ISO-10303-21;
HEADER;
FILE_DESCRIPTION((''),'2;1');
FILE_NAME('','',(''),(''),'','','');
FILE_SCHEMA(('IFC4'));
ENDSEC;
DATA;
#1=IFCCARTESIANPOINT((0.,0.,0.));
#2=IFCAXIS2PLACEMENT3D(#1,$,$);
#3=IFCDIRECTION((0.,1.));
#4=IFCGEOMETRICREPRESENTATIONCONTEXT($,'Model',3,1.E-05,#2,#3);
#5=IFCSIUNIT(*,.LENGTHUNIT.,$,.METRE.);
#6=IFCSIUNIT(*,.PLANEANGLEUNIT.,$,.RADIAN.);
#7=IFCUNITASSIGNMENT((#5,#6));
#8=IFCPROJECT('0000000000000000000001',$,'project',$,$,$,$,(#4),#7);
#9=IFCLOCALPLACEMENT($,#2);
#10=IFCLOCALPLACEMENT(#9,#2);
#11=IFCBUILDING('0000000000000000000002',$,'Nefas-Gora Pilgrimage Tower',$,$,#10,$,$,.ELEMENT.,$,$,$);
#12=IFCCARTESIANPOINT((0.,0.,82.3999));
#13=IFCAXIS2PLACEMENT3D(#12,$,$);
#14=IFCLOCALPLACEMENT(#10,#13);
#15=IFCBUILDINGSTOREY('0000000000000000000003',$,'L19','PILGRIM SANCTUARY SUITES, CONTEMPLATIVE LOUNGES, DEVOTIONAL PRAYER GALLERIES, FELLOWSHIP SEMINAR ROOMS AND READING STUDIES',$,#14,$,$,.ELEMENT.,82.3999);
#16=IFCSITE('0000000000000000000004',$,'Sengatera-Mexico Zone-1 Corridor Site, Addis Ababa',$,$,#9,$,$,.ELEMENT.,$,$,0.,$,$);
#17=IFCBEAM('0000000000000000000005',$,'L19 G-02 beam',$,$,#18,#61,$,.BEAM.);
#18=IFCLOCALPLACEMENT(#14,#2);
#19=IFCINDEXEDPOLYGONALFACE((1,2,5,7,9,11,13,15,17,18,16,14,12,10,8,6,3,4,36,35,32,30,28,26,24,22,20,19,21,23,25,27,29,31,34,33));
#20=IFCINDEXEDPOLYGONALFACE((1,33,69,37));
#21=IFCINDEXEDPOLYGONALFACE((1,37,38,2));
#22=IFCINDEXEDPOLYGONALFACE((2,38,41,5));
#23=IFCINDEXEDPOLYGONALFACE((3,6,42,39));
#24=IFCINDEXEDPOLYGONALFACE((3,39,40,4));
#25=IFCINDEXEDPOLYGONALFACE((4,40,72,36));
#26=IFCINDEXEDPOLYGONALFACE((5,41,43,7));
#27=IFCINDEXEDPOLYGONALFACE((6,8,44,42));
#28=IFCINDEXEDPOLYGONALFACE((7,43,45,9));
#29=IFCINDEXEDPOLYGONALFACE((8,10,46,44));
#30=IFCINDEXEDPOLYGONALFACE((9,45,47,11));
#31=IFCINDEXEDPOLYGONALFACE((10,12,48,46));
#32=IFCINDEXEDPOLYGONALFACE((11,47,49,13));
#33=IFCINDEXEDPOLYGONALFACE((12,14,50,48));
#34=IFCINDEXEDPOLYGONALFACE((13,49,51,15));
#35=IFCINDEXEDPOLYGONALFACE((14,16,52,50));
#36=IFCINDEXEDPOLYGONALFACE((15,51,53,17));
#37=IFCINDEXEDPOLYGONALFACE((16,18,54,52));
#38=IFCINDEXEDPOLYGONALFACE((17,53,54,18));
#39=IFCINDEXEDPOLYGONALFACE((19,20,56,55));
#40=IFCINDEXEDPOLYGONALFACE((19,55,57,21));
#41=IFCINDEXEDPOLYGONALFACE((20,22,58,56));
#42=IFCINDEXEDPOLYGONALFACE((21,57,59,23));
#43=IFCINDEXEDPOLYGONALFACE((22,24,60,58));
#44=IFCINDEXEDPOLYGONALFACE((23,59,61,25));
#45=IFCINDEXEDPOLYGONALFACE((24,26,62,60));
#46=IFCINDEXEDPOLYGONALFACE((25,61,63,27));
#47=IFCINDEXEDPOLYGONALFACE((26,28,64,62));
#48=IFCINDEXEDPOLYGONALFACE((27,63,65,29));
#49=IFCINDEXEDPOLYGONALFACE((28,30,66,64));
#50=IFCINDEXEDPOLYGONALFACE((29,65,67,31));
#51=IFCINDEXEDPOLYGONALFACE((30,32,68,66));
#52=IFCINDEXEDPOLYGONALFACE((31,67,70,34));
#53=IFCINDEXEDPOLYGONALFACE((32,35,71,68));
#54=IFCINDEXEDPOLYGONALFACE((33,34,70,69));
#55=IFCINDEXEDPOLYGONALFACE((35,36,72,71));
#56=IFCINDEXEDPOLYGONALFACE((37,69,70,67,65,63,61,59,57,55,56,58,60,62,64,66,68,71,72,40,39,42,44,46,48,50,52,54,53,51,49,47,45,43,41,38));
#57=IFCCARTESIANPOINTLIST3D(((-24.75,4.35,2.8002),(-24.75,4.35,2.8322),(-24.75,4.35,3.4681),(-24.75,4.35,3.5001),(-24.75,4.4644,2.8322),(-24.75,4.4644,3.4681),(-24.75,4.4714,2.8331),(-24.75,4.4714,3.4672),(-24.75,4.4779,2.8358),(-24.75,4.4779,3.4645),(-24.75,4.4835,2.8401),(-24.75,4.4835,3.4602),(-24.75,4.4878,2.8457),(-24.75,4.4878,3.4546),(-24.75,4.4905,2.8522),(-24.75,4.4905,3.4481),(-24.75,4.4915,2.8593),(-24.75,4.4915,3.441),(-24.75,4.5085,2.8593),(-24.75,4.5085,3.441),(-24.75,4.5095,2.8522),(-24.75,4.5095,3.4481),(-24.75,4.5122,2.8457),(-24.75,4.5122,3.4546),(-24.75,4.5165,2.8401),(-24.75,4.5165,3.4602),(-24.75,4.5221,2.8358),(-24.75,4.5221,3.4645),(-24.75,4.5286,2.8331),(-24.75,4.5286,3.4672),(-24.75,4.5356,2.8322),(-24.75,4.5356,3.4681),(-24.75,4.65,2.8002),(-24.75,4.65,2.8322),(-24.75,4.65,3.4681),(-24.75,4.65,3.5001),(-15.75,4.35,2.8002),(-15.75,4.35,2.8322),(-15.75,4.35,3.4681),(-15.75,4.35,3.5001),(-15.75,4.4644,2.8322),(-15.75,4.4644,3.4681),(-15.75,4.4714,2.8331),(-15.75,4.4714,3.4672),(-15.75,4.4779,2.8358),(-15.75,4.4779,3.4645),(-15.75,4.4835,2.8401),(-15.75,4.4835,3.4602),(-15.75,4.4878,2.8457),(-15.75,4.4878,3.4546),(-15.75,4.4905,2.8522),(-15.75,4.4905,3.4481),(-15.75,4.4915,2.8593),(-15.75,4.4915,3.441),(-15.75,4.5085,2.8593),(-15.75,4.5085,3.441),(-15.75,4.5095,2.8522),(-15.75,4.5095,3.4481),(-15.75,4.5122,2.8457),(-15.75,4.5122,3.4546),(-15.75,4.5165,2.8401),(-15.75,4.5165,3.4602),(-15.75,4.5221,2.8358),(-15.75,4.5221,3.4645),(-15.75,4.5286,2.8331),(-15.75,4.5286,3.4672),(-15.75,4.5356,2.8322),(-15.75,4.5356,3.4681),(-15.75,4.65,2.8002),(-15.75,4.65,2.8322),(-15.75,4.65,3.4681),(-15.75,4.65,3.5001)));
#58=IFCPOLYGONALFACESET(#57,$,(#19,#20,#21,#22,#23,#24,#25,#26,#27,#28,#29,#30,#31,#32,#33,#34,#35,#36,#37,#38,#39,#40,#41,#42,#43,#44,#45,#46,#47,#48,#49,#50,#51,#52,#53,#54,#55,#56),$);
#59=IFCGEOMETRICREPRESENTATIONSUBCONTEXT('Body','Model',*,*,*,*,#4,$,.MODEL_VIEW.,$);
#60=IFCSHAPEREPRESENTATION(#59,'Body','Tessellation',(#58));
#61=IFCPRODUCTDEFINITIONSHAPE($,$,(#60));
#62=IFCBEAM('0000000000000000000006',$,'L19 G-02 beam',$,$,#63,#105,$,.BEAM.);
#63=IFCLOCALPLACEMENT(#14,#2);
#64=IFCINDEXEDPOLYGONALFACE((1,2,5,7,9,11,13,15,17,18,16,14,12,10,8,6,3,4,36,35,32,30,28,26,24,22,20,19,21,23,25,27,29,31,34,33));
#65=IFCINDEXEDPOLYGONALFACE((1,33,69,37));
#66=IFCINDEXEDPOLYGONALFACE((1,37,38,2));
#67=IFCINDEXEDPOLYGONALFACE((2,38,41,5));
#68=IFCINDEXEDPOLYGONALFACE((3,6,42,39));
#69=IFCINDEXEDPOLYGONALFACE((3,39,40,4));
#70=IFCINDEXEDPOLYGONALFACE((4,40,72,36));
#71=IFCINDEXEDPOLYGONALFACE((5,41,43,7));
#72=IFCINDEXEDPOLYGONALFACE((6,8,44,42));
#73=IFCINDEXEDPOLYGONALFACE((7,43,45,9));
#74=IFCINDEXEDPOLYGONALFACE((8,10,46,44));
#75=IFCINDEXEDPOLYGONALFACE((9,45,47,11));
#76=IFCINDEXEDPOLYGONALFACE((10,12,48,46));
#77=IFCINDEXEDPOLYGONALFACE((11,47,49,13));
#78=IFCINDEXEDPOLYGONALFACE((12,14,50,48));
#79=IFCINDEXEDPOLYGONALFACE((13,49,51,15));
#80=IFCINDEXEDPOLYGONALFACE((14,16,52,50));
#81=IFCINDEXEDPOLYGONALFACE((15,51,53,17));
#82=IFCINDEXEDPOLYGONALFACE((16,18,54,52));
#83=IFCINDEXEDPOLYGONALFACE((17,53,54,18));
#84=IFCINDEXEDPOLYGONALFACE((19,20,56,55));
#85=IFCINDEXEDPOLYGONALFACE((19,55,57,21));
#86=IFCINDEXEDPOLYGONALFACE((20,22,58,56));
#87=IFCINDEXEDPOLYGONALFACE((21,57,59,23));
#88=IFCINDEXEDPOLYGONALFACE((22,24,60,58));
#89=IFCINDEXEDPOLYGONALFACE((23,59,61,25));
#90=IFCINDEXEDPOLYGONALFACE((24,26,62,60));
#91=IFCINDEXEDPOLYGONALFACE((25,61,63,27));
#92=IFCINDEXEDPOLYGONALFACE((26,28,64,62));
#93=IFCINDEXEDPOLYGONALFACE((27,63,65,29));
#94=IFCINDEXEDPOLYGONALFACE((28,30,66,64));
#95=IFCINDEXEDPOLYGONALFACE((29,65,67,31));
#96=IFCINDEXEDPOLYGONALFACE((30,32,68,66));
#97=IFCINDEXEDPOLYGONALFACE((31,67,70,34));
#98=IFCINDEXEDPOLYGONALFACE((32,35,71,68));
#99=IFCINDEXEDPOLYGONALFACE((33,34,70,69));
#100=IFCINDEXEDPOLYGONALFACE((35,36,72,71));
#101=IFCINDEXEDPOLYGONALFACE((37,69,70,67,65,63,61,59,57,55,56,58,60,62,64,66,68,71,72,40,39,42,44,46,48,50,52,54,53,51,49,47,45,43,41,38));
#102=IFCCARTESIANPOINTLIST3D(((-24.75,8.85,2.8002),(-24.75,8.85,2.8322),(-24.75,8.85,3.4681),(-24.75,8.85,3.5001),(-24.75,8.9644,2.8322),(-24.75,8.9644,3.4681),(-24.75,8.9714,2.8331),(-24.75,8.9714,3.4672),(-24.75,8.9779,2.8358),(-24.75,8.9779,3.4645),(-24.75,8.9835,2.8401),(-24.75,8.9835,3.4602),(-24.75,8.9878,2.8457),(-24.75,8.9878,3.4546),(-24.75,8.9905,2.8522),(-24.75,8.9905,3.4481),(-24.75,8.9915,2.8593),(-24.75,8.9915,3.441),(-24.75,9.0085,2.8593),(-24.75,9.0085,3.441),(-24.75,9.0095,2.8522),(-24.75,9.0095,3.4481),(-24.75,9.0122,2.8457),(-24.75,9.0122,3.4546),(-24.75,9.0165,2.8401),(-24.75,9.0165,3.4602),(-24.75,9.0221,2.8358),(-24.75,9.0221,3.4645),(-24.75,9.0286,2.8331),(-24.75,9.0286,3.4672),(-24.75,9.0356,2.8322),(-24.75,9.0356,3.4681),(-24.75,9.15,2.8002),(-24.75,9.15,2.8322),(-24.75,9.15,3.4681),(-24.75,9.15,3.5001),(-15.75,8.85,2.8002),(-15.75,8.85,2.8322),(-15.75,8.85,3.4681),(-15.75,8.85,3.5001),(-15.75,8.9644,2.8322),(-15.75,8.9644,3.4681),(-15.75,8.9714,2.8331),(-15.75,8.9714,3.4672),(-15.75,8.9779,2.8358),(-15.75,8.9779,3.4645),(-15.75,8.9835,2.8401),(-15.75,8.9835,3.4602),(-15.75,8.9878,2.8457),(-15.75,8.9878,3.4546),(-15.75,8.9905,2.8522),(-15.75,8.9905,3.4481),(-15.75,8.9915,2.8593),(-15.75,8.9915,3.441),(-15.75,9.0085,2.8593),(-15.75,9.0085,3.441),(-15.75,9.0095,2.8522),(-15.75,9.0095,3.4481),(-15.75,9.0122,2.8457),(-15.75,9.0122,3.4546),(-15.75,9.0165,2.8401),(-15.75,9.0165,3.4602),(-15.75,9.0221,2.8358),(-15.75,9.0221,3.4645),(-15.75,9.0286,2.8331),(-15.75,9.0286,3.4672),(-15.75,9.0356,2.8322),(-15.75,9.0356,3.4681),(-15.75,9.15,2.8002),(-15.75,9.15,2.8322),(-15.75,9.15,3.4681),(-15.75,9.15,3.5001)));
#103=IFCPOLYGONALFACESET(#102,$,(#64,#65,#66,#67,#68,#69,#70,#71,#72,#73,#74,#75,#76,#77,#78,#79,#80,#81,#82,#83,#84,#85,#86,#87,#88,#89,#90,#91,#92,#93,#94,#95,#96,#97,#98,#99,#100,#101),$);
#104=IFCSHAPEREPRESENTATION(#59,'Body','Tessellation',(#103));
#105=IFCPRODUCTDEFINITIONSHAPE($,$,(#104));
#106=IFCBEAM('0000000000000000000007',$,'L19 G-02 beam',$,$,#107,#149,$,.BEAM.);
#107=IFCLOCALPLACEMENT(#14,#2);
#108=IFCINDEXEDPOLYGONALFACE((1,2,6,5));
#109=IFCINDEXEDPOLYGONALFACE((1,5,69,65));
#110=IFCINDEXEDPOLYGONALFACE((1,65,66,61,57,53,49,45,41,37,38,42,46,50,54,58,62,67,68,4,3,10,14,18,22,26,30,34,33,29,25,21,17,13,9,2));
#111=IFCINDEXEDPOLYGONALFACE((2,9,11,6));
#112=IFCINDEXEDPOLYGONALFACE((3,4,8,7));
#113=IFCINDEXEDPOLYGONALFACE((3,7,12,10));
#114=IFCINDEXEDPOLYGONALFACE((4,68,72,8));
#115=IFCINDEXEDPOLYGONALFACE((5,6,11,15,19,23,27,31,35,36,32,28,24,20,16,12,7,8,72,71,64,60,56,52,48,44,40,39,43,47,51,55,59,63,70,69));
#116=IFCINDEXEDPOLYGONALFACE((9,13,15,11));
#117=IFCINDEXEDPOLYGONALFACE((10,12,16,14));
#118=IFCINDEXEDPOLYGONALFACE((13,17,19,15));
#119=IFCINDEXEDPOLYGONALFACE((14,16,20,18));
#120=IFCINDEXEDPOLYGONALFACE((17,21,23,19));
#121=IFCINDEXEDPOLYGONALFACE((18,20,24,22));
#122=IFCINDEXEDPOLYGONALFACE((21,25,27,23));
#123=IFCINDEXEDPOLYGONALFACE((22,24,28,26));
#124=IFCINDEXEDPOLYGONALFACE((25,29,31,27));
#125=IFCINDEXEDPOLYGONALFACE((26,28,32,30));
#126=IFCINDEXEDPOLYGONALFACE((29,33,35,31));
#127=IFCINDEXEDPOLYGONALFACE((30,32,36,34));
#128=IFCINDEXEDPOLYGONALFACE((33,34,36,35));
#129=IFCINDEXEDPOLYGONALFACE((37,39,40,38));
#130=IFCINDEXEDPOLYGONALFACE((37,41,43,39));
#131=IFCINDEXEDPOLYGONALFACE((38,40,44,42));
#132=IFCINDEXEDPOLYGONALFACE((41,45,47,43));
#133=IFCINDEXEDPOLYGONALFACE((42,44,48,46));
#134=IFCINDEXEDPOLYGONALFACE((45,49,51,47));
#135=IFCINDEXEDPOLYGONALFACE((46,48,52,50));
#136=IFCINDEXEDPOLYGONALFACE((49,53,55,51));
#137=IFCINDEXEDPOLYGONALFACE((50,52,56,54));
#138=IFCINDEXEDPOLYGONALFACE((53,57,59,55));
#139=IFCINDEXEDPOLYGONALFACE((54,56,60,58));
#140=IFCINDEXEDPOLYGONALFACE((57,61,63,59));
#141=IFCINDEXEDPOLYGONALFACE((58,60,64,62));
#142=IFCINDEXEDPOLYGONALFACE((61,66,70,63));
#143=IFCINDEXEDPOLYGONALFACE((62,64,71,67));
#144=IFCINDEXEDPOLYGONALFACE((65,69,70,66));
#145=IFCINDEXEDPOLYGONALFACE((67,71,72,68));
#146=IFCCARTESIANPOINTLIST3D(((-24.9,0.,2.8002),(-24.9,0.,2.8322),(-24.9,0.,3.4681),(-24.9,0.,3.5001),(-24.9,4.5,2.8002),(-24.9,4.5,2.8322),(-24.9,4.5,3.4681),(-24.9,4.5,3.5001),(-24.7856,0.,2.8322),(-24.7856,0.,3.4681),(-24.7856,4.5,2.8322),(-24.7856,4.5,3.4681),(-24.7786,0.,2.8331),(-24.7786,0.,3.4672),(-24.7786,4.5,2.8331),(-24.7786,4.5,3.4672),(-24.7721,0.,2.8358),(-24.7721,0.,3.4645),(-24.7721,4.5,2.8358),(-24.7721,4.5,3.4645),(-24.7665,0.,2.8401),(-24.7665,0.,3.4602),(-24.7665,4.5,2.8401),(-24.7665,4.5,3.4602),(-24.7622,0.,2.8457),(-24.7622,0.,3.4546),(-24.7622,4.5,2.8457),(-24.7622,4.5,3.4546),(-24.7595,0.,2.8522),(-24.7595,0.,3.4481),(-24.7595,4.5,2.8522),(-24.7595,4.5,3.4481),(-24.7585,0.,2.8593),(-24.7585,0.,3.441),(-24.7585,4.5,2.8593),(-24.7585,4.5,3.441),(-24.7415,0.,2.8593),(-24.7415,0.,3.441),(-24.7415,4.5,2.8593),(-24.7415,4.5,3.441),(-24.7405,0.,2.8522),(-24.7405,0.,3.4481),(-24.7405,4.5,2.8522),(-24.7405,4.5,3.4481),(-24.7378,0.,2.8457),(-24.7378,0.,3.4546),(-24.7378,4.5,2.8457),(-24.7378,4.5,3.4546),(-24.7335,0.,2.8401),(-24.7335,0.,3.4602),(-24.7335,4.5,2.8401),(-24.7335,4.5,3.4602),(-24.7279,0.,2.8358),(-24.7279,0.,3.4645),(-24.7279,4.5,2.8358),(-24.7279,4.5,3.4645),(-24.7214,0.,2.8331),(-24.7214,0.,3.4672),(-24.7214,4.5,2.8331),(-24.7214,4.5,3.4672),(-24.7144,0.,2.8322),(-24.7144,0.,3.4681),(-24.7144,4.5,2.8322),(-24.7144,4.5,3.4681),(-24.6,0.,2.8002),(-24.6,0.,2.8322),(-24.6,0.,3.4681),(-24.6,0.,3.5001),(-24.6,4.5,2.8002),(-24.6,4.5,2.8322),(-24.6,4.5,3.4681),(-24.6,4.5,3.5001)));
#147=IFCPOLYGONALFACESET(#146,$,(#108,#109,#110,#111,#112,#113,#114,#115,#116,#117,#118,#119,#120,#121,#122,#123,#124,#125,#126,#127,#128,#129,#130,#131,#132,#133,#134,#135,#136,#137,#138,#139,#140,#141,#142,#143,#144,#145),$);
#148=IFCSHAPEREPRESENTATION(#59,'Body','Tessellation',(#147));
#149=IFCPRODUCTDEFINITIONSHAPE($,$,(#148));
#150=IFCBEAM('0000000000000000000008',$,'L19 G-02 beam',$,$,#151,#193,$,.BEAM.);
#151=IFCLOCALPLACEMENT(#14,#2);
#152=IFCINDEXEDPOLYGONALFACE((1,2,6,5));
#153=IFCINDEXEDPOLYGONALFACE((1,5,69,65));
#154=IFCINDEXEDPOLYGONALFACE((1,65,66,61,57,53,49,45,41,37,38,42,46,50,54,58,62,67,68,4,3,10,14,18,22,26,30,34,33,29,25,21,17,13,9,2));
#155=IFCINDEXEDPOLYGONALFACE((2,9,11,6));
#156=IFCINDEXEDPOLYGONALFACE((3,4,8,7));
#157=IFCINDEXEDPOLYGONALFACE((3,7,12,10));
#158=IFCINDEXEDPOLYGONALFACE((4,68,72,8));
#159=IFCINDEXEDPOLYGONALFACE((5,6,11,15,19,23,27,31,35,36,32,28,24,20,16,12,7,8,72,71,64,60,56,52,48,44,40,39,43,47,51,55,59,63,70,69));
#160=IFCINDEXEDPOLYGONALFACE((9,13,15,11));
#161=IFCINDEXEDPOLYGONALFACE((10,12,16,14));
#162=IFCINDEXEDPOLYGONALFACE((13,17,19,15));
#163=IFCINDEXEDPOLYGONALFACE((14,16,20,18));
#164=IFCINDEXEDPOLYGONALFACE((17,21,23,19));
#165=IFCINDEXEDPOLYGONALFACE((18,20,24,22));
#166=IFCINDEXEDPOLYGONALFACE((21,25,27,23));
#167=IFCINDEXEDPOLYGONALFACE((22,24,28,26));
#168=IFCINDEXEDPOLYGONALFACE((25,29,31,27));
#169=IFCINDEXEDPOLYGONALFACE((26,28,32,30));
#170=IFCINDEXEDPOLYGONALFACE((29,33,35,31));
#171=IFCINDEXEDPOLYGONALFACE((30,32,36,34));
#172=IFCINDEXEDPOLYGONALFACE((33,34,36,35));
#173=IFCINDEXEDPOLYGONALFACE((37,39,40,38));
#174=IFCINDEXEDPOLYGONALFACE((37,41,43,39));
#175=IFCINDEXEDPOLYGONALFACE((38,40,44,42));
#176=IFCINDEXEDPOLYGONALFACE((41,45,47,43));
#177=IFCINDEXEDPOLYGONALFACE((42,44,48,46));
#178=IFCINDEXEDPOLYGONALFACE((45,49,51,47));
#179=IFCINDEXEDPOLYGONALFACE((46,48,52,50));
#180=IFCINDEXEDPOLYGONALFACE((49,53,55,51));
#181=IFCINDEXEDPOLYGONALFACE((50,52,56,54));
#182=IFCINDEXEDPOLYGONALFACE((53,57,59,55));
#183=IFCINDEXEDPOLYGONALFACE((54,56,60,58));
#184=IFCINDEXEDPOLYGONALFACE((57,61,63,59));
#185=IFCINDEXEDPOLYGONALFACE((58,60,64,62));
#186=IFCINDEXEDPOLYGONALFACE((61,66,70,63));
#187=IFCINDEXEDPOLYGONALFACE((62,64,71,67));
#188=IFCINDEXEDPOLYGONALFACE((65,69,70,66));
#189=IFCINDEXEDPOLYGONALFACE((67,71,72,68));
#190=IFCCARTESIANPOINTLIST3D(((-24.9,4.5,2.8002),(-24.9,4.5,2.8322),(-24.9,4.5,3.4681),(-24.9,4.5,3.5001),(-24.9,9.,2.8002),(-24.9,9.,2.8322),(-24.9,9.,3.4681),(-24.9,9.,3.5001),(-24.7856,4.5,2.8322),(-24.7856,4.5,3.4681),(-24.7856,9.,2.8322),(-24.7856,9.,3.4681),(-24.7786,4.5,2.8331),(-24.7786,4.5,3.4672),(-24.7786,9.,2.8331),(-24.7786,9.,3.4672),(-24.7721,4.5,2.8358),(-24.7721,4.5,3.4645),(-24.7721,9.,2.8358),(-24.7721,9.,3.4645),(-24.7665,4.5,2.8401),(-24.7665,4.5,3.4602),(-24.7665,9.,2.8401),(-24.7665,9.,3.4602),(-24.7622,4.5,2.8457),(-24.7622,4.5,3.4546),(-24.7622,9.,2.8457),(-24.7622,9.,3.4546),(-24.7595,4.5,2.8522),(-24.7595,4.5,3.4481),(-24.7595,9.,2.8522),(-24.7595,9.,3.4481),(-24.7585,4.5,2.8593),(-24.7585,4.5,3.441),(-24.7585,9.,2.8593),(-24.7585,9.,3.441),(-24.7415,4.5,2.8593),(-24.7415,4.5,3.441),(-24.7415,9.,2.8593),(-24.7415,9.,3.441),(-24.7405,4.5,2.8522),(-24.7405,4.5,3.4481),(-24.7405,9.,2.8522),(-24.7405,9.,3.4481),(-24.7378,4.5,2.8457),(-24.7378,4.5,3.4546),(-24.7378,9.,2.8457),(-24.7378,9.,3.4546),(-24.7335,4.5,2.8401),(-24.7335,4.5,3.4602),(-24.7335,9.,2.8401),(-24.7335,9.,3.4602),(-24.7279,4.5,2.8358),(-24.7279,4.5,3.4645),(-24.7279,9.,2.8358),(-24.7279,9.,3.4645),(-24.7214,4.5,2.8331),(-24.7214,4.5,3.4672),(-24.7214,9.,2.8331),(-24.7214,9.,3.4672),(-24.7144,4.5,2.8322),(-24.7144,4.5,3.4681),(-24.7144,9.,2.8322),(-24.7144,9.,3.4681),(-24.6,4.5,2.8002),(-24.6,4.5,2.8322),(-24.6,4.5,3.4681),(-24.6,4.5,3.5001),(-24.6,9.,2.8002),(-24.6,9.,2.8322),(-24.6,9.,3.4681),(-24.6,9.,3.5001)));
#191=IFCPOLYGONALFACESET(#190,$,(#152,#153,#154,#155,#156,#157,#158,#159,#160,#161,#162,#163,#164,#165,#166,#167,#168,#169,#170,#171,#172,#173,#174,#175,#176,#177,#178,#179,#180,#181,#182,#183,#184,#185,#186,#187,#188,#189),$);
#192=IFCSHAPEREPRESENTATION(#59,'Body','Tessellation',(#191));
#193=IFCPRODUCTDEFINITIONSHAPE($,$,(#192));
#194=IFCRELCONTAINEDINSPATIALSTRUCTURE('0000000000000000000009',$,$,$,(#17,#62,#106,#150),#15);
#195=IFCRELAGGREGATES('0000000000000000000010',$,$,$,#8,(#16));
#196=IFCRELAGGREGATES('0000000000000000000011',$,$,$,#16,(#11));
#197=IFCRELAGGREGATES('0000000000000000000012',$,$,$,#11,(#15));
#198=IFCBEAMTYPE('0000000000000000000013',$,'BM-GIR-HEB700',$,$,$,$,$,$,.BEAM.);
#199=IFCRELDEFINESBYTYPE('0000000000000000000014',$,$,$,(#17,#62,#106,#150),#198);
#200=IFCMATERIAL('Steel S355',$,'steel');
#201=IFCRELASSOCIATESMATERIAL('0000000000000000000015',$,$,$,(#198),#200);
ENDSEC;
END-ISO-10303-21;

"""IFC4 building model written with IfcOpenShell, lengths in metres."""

from ifc_helpers import new_model, si_unit, direction, frame, origin, origin_2d, place, context, subcontext, project, spatial, i_section, extrude, source, transform, mapped, material, material_profile, profile_set, type_object, element, save


model = new_model("IFC4")

# Units and contexts
model_context = context("Model", 3, precision=1e-05, world=origin(), true_north=direction((0.0, 1.0)))
body_context = subcontext(model_context, "Body", "Model", "MODEL_VIEW")
ifc_project = project(units=[si_unit("LENGTHUNIT", "METRE"), si_unit("PLANEANGLEUNIT", "RADIAN")], contexts=[model_context])

# Site, building, storey
site_placement = place(None, origin())
site = spatial("IfcSite", under=ifc_project, at=site_placement, Name="Sengatera-Mexico Zone-1 Corridor Site, Addis Ababa", CompositionType="ELEMENT", RefElevation=0.0)
building_placement = place(site_placement, origin())
building = spatial("IfcBuilding", under=site, at=building_placement, Name="Nefas-Gora Pilgrimage Tower", CompositionType="ELEMENT")
storey_placement = place(building_placement, frame((0.0, 0.0, 82.3999)))
storey = spatial("IfcBuildingStorey", under=building, at=storey_placement, Name="L19", Description="PILGRIM SANCTUARY SUITES, CONTEMPLATIVE LOUNGES, DEVOTIONAL PRAYER GALLERIES, FELLOWSHIP SEMINAR ROOMS AND READING STUDIES", CompositionType="ELEMENT", Elevation=82.3999)

# Beams
ifc_material_1 = material(Name="Steel S355", Category="steel")
ifc_material_profile_1 = material_profile(ifc_material_1, i_section(OverallWidth=0.3, OverallDepth=0.7, WebThickness=0.0171, FlangeThickness=0.032, FilletRadius=0.0271, at=origin_2d()), Name="HEB 700")
ifc_profile_set_1 = profile_set([ifc_material_profile_1], Name="Steel S355")
beam_type_1 = type_object("IfcBeamType", Name="BM-GIR-HEB700", PredefinedType="BEAM", material=ifc_profile_set_1)
shared_shape_1 = source(origin(), body_context, "Body", "SweptSolid", [
    extrude(i_section(OverallWidth=0.3, OverallDepth=0.7, WebThickness=0.0171, FlangeThickness=0.032, FilletRadius=0.0271, at=origin_2d()), origin(), (0.0, 0.0, 1.0), 9.0),
])
for number, where, z_axis, x_axis, name in (
    (1, (-24.75, 4.5, 3.1501), (1.0, 0.0, 0.0), (0.0, 1.0, 0.0), "L19 G-02 beam"),
    (2, (-24.75, 9.0, 3.1501), (1.0, 0.0, 0.0), (0.0, 1.0, 0.0), "L19 G-02 beam"),
):
    element("IfcBeam", number, at=place(storey_placement, frame(where, z_axis=z_axis, x_axis=x_axis)), inside=storey, type_object=beam_type_1, Name=name, PredefinedType="BEAM", context=body_context, shape_type="MappedRepresentation", body=[
        mapped(shared_shape_1, transform((0.0, 0.0, 0.0), x_axis=(1.0, 0.0, 0.0), y_axis=(0.0, 1.0, 0.0), z_axis=(0.0, 0.0, 1.0), scale=1.0)),
    ])
shared_shape_2 = source(origin(), body_context, "Body", "SweptSolid", [
    extrude(i_section(OverallWidth=0.3, OverallDepth=0.7, WebThickness=0.0171, FlangeThickness=0.032, FilletRadius=0.0271, at=origin_2d()), origin(), (0.0, 0.0, 1.0), 4.5),
])
for number, where, z_axis, x_axis, name in (
    (3, (-24.75, 0.0, 3.1501), (0.0, 1.0, 0.0), (-1.0, 0.0, 0.0), "L19 G-02 beam"),
    (4, (-24.75, 4.5, 3.1501), (0.0, 1.0, 0.0), (-1.0, 0.0, 0.0), "L19 G-02 beam"),
):
    element("IfcBeam", number, at=place(storey_placement, frame(where, z_axis=z_axis, x_axis=x_axis)), inside=storey, type_object=beam_type_1, Name=name, PredefinedType="BEAM", context=body_context, shape_type="MappedRepresentation", body=[
        mapped(shared_shape_2, transform((0.0, 0.0, 0.0), x_axis=(1.0, 0.0, 0.0), y_axis=(0.0, 1.0, 0.0), z_axis=(0.0, 0.0, 1.0), scale=1.0)),
    ])

save(model, "model.ifc")
